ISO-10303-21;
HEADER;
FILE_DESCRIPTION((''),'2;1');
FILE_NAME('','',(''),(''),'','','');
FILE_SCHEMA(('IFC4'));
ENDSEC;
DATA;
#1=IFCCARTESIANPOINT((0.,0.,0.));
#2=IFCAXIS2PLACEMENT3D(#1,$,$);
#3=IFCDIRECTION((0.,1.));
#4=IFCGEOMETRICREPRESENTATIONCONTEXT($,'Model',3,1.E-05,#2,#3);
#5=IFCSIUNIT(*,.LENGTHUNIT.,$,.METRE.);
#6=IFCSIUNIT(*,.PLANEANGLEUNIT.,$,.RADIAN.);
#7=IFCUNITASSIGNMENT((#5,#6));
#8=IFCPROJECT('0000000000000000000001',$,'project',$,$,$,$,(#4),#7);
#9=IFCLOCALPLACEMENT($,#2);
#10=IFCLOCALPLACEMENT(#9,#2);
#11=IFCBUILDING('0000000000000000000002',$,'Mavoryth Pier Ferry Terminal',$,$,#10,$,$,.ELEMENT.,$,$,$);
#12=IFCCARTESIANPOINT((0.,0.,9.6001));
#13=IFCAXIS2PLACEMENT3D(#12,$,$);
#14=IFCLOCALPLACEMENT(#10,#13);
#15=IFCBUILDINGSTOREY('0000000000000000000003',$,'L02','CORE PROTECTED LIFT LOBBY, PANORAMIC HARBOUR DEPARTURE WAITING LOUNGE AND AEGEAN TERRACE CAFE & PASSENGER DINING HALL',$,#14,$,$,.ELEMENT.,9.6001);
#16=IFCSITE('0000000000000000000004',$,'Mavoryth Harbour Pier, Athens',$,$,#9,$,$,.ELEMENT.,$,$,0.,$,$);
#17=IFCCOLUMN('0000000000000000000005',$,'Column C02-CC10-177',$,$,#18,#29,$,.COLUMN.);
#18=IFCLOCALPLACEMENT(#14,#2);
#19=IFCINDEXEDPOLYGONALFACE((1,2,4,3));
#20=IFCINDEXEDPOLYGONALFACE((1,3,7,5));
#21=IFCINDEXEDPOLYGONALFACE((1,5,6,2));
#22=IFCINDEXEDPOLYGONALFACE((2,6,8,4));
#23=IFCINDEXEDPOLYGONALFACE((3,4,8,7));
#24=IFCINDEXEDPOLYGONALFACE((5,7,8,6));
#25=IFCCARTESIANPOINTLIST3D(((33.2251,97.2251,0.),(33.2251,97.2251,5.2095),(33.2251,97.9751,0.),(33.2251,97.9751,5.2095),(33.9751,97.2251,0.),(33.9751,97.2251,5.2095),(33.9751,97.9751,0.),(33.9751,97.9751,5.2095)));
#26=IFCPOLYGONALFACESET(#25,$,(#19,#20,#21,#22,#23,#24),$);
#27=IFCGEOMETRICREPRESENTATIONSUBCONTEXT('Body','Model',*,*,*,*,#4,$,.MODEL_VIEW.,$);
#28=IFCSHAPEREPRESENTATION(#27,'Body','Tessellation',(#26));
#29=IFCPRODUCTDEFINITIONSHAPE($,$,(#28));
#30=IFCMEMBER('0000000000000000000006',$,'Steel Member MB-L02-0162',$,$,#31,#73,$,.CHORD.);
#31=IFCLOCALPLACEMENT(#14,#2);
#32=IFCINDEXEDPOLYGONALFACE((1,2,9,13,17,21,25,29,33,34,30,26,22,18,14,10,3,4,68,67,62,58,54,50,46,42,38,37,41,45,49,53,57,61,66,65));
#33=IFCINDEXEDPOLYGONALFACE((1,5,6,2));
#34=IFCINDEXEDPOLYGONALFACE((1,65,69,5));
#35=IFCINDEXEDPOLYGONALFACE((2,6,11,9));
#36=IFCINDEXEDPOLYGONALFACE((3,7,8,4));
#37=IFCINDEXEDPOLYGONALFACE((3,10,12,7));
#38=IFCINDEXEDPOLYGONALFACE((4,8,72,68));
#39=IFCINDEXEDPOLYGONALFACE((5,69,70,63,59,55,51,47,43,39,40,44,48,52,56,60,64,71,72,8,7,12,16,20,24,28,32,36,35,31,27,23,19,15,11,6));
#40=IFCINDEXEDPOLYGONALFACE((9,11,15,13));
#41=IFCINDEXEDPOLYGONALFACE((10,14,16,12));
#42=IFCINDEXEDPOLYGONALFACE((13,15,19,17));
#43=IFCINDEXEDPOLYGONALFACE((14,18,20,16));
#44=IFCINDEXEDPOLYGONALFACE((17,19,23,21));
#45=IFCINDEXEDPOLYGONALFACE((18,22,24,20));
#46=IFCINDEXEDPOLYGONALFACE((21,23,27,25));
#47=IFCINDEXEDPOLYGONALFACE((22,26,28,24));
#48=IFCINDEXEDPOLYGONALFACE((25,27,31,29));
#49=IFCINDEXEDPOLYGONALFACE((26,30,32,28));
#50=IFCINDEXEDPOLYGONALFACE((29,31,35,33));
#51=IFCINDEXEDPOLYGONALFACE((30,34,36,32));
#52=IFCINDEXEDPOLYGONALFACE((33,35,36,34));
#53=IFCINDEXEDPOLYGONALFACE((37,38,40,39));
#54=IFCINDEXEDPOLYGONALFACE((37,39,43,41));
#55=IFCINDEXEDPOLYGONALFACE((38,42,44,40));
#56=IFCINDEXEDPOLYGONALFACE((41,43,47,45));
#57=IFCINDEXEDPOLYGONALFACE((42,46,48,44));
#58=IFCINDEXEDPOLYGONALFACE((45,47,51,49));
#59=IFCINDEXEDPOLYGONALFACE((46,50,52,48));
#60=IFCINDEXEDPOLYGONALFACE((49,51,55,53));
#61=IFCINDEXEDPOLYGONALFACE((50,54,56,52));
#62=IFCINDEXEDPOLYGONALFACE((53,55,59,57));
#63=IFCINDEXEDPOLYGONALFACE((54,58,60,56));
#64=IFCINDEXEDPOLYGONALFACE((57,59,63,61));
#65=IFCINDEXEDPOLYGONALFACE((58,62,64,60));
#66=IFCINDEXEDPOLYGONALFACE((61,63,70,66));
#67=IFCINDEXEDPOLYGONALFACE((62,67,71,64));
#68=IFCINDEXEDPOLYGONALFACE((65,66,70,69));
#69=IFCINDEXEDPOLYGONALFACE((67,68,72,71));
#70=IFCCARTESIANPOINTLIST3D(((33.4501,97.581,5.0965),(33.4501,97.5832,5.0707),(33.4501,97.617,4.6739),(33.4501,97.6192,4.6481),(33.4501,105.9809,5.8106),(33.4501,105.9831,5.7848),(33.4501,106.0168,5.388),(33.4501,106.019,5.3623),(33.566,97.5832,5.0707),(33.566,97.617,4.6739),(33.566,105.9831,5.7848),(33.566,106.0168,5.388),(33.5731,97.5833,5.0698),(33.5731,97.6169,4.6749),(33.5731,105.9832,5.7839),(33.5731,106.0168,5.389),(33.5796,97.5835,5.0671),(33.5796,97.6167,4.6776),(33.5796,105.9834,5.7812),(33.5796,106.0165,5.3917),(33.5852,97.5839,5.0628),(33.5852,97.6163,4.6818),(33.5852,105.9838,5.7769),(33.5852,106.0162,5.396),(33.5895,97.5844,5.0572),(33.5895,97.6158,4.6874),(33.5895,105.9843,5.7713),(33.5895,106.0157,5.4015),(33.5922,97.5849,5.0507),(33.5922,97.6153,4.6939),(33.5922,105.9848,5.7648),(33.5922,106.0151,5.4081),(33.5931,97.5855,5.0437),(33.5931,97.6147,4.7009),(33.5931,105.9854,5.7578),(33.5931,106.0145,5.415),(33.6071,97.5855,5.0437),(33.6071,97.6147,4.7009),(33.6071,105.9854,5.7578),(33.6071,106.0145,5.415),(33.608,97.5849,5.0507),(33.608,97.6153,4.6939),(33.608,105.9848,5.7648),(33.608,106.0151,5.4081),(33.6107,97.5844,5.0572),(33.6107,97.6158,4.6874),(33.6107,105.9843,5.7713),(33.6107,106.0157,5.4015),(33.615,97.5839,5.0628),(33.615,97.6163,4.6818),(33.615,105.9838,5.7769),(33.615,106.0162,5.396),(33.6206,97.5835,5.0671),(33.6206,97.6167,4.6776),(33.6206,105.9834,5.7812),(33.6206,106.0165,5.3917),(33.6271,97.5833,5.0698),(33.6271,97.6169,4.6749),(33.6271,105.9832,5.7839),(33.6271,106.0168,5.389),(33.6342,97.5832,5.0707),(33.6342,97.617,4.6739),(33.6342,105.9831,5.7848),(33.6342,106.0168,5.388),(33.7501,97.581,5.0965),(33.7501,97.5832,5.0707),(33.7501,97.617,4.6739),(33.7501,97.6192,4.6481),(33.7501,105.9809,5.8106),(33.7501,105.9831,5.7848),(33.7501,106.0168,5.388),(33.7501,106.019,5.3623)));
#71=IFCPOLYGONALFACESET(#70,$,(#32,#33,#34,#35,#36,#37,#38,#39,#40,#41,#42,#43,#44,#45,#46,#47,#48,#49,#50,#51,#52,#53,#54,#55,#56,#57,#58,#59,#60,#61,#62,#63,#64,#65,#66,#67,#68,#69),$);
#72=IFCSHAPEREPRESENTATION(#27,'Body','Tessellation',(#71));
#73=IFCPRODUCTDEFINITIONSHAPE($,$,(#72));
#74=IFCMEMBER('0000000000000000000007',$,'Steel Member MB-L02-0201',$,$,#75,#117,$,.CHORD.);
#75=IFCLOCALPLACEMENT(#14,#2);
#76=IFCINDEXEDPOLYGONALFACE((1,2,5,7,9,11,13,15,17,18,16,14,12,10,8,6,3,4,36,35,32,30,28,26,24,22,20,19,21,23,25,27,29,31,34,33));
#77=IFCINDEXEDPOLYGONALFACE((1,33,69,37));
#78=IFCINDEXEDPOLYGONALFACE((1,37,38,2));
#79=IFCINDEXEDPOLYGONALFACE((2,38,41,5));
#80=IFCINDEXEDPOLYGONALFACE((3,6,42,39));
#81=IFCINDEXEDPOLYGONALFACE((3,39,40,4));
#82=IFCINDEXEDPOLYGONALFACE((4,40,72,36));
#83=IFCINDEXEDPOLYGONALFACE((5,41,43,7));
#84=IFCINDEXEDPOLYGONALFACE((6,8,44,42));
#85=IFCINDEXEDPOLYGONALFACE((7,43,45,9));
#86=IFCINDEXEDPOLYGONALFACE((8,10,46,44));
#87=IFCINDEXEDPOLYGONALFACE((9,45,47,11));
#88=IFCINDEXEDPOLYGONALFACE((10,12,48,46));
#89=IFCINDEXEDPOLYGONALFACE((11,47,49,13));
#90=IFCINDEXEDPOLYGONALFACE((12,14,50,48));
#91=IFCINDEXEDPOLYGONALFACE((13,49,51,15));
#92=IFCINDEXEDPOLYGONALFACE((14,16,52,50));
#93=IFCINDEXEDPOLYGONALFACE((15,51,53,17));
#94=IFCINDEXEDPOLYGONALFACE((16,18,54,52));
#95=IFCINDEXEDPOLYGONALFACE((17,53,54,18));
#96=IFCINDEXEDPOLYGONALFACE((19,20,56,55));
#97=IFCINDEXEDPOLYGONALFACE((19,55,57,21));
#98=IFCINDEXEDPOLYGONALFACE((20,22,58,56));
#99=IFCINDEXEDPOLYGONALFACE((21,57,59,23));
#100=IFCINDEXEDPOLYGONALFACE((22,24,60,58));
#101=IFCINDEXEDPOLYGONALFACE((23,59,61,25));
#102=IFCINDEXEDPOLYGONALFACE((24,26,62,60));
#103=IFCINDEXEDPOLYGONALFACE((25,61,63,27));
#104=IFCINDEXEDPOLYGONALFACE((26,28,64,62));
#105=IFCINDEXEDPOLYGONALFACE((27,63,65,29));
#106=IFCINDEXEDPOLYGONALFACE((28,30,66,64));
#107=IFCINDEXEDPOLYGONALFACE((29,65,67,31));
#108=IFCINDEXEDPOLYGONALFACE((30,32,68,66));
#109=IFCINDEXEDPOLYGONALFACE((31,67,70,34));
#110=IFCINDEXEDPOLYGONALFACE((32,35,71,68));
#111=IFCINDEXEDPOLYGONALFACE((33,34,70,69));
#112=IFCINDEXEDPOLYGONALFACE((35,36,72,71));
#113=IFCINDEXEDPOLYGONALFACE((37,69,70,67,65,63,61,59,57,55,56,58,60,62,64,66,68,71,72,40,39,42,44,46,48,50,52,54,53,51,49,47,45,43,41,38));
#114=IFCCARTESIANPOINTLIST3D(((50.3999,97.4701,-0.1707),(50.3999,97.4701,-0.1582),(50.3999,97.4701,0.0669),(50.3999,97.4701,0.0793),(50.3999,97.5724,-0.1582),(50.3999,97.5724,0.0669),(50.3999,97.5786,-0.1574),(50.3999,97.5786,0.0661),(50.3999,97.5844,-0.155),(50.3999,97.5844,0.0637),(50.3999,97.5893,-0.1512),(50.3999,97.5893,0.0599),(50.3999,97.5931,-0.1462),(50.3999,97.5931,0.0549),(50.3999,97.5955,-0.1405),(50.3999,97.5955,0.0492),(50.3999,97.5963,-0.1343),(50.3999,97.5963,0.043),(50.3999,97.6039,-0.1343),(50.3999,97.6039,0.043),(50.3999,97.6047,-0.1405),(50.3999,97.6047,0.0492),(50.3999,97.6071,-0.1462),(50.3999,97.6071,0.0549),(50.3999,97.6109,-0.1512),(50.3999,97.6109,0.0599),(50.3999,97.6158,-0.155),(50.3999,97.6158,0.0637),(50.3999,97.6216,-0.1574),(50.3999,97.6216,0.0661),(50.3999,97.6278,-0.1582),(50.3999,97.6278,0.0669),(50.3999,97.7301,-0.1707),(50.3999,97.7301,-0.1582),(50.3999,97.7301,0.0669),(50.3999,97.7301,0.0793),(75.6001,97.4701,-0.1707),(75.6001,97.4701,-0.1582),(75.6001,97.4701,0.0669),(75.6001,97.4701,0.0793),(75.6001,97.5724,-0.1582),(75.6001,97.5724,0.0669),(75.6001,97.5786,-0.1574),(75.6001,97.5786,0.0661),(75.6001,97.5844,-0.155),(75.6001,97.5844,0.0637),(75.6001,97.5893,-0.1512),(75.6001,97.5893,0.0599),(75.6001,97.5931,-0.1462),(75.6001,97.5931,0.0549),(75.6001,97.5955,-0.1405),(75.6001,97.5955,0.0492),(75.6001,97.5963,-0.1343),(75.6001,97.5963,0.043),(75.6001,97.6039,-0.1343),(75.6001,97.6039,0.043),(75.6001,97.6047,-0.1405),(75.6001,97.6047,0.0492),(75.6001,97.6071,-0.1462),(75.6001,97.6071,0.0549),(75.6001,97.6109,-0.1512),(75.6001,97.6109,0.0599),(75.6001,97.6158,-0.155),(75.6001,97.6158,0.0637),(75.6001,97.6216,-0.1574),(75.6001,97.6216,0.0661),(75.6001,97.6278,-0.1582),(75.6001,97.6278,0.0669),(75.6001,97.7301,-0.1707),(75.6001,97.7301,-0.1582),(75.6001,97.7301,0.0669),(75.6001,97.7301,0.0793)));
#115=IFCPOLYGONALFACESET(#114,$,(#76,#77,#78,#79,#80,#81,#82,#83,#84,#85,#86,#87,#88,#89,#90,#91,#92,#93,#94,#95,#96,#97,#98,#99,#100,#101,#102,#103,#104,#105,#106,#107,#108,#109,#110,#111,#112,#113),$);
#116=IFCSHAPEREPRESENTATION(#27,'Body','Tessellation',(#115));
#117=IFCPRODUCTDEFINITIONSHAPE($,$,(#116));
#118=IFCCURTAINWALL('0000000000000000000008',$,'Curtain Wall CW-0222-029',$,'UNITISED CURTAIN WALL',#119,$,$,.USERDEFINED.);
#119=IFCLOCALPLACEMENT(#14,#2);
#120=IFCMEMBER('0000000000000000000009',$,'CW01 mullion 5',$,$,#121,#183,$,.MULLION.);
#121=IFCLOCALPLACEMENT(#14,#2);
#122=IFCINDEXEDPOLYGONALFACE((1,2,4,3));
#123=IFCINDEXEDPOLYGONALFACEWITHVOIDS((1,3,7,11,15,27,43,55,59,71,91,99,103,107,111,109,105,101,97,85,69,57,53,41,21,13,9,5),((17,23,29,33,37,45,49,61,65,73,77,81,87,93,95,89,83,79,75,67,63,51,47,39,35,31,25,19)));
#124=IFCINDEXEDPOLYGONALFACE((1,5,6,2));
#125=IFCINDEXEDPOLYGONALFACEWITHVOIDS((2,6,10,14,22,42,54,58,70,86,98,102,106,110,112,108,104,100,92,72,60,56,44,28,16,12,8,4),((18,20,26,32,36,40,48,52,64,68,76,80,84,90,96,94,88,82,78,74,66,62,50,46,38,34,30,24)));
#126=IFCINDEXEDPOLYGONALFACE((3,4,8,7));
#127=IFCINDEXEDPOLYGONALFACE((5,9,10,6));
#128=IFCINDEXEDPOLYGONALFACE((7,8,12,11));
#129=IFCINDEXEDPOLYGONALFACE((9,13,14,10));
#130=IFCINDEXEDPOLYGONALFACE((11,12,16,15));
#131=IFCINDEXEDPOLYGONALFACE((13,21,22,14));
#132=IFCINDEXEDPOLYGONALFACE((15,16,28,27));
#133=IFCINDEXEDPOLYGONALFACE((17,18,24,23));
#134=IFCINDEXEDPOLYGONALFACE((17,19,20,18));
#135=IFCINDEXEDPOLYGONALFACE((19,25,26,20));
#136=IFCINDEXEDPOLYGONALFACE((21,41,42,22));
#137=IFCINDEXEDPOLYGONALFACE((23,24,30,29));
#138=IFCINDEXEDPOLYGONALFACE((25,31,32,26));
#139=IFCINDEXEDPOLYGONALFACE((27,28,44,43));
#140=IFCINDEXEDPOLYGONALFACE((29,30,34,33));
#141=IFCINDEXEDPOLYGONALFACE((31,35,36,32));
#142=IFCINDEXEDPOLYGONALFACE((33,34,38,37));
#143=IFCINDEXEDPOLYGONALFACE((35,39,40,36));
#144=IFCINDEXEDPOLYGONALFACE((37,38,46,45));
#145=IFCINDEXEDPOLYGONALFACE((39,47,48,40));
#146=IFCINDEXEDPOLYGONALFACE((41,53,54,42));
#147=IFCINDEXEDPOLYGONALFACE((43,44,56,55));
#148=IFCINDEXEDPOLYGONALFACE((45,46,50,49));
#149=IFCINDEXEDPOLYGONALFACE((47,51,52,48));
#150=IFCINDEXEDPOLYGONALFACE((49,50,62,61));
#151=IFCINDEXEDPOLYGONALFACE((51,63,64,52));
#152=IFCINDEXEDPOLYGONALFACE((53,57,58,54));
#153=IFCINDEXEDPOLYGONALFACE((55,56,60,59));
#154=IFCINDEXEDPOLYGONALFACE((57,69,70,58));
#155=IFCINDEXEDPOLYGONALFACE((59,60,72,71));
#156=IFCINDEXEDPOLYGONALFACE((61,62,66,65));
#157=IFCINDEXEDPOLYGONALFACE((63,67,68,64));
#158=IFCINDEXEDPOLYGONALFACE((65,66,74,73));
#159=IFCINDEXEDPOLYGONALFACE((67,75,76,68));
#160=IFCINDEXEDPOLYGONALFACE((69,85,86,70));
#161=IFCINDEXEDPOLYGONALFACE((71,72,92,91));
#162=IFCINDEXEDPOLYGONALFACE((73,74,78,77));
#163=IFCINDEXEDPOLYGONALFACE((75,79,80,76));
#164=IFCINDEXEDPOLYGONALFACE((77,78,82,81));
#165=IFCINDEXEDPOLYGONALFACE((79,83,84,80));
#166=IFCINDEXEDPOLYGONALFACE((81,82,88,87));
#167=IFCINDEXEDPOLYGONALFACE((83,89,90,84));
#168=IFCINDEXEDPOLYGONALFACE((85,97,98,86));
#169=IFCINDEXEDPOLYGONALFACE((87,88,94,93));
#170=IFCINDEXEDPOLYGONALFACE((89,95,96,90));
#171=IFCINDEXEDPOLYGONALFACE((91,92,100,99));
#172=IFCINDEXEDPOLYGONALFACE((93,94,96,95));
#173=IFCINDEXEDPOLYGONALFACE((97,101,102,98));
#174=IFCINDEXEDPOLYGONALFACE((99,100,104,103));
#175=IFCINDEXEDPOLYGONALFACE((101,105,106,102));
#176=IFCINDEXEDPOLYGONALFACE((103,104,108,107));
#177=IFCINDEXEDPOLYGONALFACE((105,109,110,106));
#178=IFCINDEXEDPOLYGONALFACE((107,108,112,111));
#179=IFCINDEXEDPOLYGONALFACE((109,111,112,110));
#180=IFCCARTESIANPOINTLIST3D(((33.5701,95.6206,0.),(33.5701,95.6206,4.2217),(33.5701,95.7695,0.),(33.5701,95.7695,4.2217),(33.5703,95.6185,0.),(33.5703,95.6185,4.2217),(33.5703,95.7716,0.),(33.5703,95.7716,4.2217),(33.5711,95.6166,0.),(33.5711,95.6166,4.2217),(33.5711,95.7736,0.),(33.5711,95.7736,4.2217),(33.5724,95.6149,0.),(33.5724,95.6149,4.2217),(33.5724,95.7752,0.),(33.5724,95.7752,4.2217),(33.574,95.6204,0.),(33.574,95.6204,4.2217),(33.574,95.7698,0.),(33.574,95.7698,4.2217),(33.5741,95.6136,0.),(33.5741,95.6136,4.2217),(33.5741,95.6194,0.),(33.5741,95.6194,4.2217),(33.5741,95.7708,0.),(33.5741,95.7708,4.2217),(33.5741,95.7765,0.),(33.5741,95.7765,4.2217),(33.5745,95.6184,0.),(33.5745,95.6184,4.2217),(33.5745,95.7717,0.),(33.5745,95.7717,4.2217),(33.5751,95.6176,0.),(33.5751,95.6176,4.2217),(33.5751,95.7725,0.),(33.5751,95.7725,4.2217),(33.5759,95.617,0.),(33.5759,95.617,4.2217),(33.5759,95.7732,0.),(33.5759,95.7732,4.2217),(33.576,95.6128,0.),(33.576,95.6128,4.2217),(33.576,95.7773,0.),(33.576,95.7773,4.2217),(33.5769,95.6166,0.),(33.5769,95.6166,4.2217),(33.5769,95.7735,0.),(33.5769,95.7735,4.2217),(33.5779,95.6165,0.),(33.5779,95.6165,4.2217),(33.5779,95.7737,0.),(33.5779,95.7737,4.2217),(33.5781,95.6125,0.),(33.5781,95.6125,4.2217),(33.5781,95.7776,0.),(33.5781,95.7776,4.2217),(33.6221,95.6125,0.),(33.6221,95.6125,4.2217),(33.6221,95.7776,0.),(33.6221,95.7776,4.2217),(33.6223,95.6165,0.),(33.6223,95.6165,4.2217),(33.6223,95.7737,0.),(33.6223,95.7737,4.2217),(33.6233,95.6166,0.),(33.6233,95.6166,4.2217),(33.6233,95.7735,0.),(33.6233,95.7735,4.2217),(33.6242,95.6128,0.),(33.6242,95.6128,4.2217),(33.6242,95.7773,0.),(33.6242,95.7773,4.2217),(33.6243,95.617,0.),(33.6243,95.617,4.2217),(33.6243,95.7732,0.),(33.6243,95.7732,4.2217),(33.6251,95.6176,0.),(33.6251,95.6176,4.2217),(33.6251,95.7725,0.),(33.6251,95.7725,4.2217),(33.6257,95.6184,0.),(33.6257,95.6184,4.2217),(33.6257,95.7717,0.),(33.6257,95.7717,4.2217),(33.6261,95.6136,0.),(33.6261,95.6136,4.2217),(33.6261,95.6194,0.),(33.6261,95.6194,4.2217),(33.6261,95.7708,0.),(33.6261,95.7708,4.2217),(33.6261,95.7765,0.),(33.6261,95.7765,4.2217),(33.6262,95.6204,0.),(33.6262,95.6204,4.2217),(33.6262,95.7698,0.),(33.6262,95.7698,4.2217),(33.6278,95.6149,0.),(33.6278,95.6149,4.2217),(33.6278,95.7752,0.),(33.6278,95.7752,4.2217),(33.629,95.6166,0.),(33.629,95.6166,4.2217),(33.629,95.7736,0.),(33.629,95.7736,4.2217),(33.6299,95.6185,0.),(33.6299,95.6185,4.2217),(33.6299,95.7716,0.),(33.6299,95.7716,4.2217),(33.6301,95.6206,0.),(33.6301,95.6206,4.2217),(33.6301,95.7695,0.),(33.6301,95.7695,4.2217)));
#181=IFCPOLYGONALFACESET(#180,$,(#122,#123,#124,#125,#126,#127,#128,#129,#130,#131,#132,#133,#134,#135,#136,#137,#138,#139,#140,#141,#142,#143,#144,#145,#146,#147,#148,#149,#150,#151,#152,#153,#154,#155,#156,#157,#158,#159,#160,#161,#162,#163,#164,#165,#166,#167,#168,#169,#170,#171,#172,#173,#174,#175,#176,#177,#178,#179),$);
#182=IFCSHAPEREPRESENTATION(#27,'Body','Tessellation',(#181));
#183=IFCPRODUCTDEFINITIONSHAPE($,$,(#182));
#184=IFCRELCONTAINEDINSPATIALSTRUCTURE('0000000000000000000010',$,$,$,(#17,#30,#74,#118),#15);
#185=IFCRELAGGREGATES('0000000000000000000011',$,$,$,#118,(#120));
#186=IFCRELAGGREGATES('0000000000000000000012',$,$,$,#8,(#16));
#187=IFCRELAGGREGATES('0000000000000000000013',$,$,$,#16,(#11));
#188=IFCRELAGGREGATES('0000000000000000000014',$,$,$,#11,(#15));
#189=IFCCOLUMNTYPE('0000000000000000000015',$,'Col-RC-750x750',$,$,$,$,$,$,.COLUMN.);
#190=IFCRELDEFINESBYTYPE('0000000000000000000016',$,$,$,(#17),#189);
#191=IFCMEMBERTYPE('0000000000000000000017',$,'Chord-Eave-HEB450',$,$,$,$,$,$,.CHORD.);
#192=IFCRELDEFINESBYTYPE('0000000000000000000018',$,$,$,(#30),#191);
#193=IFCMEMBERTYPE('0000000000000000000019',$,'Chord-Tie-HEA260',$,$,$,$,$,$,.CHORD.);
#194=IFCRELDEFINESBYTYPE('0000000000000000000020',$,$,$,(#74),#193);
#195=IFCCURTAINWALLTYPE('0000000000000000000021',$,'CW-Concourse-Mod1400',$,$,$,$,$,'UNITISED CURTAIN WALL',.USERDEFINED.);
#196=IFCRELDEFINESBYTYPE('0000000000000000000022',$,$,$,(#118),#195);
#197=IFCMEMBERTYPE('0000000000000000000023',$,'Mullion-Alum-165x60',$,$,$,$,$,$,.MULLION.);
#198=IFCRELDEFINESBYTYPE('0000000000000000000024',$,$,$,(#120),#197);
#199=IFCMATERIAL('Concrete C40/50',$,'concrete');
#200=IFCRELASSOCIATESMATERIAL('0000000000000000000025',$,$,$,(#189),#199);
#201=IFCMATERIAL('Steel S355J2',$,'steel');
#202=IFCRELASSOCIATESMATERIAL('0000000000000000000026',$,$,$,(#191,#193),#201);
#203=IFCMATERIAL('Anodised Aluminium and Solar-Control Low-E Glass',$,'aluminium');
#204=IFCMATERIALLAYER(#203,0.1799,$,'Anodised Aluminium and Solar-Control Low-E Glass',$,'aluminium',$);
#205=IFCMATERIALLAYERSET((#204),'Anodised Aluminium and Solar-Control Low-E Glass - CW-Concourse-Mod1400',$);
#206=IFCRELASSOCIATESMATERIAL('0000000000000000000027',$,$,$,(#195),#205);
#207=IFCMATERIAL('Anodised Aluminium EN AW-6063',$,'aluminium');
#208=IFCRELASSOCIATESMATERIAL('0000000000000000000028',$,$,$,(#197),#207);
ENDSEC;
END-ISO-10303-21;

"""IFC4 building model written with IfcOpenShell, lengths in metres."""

from ifc_helpers import new_model, si_unit, direction, frame, origin, origin_2d, place, context, subcontext, project, spatial, rectangle, hollow_rectangle, i_section, extrude, material, layer, layer_set, material_profile, profile_set, type_object, element, aggregate, save


model = new_model("IFC4")

# Units and contexts
model_context = context("Model", 3, precision=1e-05, world=origin(), true_north=direction((0.0, 1.0)))
body_context = subcontext(model_context, "Body", "Model", "MODEL_VIEW")
ifc_project = project(units=[si_unit("LENGTHUNIT", "METRE"), si_unit("PLANEANGLEUNIT", "RADIAN")], contexts=[model_context])

# Site, building, storey
site_placement = place(None, origin())
site = spatial("IfcSite", under=ifc_project, at=site_placement, Name="Mavoryth Harbour Pier, Athens", CompositionType="ELEMENT", RefElevation=0.0)
building_placement = place(site_placement, origin())
building = spatial("IfcBuilding", under=site, at=building_placement, Name="Mavoryth Pier Ferry Terminal", CompositionType="ELEMENT")
storey_placement = place(building_placement, frame((0.0, 0.0, 9.6001)))
storey = spatial("IfcBuildingStorey", under=building, at=storey_placement, Name="L02", Description="CORE PROTECTED LIFT LOBBY, PANORAMIC HARBOUR DEPARTURE WAITING LOUNGE AND AEGEAN TERRACE CAFE & PASSENGER DINING HALL", CompositionType="ELEMENT", Elevation=9.6001)

# Column
ifc_material_1 = material(Name="Concrete C40/50", Category="concrete")
ifc_material_profile_1 = material_profile(ifc_material_1, rectangle(XDim=0.75, YDim=0.75, at=origin_2d()), Name="RC 750x750", Category="concrete")
ifc_profile_set_1 = profile_set([ifc_material_profile_1], Name="Concrete C40/50 - RC 750x750")
column_type = type_object("IfcColumnType", Name="Col-RC-750x750", PredefinedType="COLUMN", material=ifc_profile_set_1)
column_placement = place(storey_placement, frame((33.6001, 97.6001, 0.0), z_axis=(0.0, 0.0, 1.0), x_axis=(1.0, 0.0, 0.0)))
element("IfcColumn", 1, at=column_placement, inside=storey, type_object=column_type, Name="Column C02-CC10-177", PredefinedType="COLUMN", context=body_context, shape_type="SweptSolid", body=[
    extrude(rectangle(XDim=0.75, YDim=0.75, at=origin_2d()), origin(), (0.0, 0.0, 1.0), 5.2095),
])

# Members
ifc_material_2 = material(Name="Steel S355J2", Category="steel")
ifc_material_profile_2 = material_profile(ifc_material_2, i_section(OverallWidth=0.3, OverallDepth=0.45, WebThickness=0.0139, FlangeThickness=0.0259, FilletRadius=0.0271, at=origin_2d()), Name="HEB 450", Category="steel")
ifc_profile_set_2 = profile_set([ifc_material_profile_2], Name="Steel S355J2 - HEB 450")
member_type_1 = type_object("IfcMemberType", Name="Chord-Eave-HEB450", PredefinedType="CHORD", material=ifc_profile_set_2)
member_1_placement = place(storey_placement, frame((33.6001, 97.6001, 4.8723), z_axis=(0.0, 0.996406, 0.084709), x_axis=(-1.0, 0.0, 0.0)))
element("IfcMember", 2, at=member_1_placement, inside=storey, type_object=member_type_1, Name="Steel Member MB-L02-0162", PredefinedType="CHORD", context=body_context, shape_type="SweptSolid", body=[
    extrude(i_section(OverallWidth=0.3, OverallDepth=0.45, WebThickness=0.0139, FlangeThickness=0.0259, FilletRadius=0.0271, at=origin_2d()), origin(), (0.0, 0.0, 1.0), 8.4302),
])
ifc_material_profile_3 = material_profile(ifc_material_2, i_section(OverallWidth=0.26, OverallDepth=0.25, WebThickness=0.0076, FlangeThickness=0.0125, FilletRadius=0.0239, at=origin_2d()), Name="HEA 260", Category="steel")
ifc_profile_set_3 = profile_set([ifc_material_profile_3], Name="Steel S355J2 - HEA 260")
member_type_2 = type_object("IfcMemberType", Name="Chord-Tie-HEA260", PredefinedType="CHORD", material=ifc_profile_set_3)
member_2_placement = place(storey_placement, frame((50.3999, 97.6001, -0.0457), z_axis=(1.0, 0.0, 0.0), x_axis=(0.0, 1.0, 0.0)))
element("IfcMember", 3, at=member_2_placement, inside=storey, type_object=member_type_2, Name="Steel Member MB-L02-0201", PredefinedType="CHORD", context=body_context, shape_type="SweptSolid", body=[
    extrude(i_section(OverallWidth=0.26, OverallDepth=0.25, WebThickness=0.0076, FlangeThickness=0.0125, FilletRadius=0.0239, at=origin_2d()), origin(), (0.0, 0.0, 1.0), 25.2002),
])

# Curtain wall, member
ifc_material_3 = material(Name="Anodised Aluminium and Solar-Control Low-E Glass", Category="aluminium")
ifc_layer_1 = layer(ifc_material_3, 0.1799, Name="Anodised Aluminium and Solar-Control Low-E Glass", Category="aluminium")
ifc_layer_set_1 = layer_set([ifc_layer_1], Name="Anodised Aluminium and Solar-Control Low-E Glass - CW-Concourse-Mod1400")
curtain_wall_type = type_object("IfcCurtainWallType", Name="CW-Concourse-Mod1400", ElementType="UNITISED CURTAIN WALL", PredefinedType="USERDEFINED", material=ifc_layer_set_1)
curtain_wall_1_placement = place(storey_placement, origin())
curtain_wall_1 = element("IfcCurtainWall", 4, at=curtain_wall_1_placement, inside=storey, type_object=curtain_wall_type, Name="Curtain Wall CW-0222-029", ObjectType="UNITISED CURTAIN WALL", PredefinedType="USERDEFINED")
ifc_material_4 = material(Name="Anodised Aluminium EN AW-6063", Category="aluminium")
ifc_material_profile_4 = material_profile(ifc_material_4, hollow_rectangle(XDim=0.0601, YDim=0.165, WallThickness=0.0039, InnerFilletRadius=0.0039, OuterFilletRadius=0.0081, at=origin_2d()), Name="AL-MULL 165x60x4", Category="aluminium")
ifc_profile_set_4 = profile_set([ifc_material_profile_4], Name="Anodised Aluminium EN AW-6063 - AL-MULL 165x60x4")
member_type_3 = type_object("IfcMemberType", Name="Mullion-Alum-165x60", PredefinedType="MULLION", material=ifc_profile_set_4)
member_3_placement = place(storey_placement, frame((33.6001, 95.6951, 0.0), z_axis=(0.0, 0.0, 1.0), x_axis=(-1.0, 0.0, 0.0)))
member_3 = element("IfcMember", 5, at=member_3_placement, type_object=member_type_3, Name="CW01 mullion 5", PredefinedType="MULLION", context=body_context, shape_type="SweptSolid", body=[
    extrude(hollow_rectangle(XDim=0.0601, YDim=0.165, WallThickness=0.0039, InnerFilletRadius=0.0039, OuterFilletRadius=0.0081, at=origin_2d()), origin(), (0.0, 0.0, 1.0), 4.2217),
])

aggregate(curtain_wall_1, [member_3])

save(model, "model.ifc")
